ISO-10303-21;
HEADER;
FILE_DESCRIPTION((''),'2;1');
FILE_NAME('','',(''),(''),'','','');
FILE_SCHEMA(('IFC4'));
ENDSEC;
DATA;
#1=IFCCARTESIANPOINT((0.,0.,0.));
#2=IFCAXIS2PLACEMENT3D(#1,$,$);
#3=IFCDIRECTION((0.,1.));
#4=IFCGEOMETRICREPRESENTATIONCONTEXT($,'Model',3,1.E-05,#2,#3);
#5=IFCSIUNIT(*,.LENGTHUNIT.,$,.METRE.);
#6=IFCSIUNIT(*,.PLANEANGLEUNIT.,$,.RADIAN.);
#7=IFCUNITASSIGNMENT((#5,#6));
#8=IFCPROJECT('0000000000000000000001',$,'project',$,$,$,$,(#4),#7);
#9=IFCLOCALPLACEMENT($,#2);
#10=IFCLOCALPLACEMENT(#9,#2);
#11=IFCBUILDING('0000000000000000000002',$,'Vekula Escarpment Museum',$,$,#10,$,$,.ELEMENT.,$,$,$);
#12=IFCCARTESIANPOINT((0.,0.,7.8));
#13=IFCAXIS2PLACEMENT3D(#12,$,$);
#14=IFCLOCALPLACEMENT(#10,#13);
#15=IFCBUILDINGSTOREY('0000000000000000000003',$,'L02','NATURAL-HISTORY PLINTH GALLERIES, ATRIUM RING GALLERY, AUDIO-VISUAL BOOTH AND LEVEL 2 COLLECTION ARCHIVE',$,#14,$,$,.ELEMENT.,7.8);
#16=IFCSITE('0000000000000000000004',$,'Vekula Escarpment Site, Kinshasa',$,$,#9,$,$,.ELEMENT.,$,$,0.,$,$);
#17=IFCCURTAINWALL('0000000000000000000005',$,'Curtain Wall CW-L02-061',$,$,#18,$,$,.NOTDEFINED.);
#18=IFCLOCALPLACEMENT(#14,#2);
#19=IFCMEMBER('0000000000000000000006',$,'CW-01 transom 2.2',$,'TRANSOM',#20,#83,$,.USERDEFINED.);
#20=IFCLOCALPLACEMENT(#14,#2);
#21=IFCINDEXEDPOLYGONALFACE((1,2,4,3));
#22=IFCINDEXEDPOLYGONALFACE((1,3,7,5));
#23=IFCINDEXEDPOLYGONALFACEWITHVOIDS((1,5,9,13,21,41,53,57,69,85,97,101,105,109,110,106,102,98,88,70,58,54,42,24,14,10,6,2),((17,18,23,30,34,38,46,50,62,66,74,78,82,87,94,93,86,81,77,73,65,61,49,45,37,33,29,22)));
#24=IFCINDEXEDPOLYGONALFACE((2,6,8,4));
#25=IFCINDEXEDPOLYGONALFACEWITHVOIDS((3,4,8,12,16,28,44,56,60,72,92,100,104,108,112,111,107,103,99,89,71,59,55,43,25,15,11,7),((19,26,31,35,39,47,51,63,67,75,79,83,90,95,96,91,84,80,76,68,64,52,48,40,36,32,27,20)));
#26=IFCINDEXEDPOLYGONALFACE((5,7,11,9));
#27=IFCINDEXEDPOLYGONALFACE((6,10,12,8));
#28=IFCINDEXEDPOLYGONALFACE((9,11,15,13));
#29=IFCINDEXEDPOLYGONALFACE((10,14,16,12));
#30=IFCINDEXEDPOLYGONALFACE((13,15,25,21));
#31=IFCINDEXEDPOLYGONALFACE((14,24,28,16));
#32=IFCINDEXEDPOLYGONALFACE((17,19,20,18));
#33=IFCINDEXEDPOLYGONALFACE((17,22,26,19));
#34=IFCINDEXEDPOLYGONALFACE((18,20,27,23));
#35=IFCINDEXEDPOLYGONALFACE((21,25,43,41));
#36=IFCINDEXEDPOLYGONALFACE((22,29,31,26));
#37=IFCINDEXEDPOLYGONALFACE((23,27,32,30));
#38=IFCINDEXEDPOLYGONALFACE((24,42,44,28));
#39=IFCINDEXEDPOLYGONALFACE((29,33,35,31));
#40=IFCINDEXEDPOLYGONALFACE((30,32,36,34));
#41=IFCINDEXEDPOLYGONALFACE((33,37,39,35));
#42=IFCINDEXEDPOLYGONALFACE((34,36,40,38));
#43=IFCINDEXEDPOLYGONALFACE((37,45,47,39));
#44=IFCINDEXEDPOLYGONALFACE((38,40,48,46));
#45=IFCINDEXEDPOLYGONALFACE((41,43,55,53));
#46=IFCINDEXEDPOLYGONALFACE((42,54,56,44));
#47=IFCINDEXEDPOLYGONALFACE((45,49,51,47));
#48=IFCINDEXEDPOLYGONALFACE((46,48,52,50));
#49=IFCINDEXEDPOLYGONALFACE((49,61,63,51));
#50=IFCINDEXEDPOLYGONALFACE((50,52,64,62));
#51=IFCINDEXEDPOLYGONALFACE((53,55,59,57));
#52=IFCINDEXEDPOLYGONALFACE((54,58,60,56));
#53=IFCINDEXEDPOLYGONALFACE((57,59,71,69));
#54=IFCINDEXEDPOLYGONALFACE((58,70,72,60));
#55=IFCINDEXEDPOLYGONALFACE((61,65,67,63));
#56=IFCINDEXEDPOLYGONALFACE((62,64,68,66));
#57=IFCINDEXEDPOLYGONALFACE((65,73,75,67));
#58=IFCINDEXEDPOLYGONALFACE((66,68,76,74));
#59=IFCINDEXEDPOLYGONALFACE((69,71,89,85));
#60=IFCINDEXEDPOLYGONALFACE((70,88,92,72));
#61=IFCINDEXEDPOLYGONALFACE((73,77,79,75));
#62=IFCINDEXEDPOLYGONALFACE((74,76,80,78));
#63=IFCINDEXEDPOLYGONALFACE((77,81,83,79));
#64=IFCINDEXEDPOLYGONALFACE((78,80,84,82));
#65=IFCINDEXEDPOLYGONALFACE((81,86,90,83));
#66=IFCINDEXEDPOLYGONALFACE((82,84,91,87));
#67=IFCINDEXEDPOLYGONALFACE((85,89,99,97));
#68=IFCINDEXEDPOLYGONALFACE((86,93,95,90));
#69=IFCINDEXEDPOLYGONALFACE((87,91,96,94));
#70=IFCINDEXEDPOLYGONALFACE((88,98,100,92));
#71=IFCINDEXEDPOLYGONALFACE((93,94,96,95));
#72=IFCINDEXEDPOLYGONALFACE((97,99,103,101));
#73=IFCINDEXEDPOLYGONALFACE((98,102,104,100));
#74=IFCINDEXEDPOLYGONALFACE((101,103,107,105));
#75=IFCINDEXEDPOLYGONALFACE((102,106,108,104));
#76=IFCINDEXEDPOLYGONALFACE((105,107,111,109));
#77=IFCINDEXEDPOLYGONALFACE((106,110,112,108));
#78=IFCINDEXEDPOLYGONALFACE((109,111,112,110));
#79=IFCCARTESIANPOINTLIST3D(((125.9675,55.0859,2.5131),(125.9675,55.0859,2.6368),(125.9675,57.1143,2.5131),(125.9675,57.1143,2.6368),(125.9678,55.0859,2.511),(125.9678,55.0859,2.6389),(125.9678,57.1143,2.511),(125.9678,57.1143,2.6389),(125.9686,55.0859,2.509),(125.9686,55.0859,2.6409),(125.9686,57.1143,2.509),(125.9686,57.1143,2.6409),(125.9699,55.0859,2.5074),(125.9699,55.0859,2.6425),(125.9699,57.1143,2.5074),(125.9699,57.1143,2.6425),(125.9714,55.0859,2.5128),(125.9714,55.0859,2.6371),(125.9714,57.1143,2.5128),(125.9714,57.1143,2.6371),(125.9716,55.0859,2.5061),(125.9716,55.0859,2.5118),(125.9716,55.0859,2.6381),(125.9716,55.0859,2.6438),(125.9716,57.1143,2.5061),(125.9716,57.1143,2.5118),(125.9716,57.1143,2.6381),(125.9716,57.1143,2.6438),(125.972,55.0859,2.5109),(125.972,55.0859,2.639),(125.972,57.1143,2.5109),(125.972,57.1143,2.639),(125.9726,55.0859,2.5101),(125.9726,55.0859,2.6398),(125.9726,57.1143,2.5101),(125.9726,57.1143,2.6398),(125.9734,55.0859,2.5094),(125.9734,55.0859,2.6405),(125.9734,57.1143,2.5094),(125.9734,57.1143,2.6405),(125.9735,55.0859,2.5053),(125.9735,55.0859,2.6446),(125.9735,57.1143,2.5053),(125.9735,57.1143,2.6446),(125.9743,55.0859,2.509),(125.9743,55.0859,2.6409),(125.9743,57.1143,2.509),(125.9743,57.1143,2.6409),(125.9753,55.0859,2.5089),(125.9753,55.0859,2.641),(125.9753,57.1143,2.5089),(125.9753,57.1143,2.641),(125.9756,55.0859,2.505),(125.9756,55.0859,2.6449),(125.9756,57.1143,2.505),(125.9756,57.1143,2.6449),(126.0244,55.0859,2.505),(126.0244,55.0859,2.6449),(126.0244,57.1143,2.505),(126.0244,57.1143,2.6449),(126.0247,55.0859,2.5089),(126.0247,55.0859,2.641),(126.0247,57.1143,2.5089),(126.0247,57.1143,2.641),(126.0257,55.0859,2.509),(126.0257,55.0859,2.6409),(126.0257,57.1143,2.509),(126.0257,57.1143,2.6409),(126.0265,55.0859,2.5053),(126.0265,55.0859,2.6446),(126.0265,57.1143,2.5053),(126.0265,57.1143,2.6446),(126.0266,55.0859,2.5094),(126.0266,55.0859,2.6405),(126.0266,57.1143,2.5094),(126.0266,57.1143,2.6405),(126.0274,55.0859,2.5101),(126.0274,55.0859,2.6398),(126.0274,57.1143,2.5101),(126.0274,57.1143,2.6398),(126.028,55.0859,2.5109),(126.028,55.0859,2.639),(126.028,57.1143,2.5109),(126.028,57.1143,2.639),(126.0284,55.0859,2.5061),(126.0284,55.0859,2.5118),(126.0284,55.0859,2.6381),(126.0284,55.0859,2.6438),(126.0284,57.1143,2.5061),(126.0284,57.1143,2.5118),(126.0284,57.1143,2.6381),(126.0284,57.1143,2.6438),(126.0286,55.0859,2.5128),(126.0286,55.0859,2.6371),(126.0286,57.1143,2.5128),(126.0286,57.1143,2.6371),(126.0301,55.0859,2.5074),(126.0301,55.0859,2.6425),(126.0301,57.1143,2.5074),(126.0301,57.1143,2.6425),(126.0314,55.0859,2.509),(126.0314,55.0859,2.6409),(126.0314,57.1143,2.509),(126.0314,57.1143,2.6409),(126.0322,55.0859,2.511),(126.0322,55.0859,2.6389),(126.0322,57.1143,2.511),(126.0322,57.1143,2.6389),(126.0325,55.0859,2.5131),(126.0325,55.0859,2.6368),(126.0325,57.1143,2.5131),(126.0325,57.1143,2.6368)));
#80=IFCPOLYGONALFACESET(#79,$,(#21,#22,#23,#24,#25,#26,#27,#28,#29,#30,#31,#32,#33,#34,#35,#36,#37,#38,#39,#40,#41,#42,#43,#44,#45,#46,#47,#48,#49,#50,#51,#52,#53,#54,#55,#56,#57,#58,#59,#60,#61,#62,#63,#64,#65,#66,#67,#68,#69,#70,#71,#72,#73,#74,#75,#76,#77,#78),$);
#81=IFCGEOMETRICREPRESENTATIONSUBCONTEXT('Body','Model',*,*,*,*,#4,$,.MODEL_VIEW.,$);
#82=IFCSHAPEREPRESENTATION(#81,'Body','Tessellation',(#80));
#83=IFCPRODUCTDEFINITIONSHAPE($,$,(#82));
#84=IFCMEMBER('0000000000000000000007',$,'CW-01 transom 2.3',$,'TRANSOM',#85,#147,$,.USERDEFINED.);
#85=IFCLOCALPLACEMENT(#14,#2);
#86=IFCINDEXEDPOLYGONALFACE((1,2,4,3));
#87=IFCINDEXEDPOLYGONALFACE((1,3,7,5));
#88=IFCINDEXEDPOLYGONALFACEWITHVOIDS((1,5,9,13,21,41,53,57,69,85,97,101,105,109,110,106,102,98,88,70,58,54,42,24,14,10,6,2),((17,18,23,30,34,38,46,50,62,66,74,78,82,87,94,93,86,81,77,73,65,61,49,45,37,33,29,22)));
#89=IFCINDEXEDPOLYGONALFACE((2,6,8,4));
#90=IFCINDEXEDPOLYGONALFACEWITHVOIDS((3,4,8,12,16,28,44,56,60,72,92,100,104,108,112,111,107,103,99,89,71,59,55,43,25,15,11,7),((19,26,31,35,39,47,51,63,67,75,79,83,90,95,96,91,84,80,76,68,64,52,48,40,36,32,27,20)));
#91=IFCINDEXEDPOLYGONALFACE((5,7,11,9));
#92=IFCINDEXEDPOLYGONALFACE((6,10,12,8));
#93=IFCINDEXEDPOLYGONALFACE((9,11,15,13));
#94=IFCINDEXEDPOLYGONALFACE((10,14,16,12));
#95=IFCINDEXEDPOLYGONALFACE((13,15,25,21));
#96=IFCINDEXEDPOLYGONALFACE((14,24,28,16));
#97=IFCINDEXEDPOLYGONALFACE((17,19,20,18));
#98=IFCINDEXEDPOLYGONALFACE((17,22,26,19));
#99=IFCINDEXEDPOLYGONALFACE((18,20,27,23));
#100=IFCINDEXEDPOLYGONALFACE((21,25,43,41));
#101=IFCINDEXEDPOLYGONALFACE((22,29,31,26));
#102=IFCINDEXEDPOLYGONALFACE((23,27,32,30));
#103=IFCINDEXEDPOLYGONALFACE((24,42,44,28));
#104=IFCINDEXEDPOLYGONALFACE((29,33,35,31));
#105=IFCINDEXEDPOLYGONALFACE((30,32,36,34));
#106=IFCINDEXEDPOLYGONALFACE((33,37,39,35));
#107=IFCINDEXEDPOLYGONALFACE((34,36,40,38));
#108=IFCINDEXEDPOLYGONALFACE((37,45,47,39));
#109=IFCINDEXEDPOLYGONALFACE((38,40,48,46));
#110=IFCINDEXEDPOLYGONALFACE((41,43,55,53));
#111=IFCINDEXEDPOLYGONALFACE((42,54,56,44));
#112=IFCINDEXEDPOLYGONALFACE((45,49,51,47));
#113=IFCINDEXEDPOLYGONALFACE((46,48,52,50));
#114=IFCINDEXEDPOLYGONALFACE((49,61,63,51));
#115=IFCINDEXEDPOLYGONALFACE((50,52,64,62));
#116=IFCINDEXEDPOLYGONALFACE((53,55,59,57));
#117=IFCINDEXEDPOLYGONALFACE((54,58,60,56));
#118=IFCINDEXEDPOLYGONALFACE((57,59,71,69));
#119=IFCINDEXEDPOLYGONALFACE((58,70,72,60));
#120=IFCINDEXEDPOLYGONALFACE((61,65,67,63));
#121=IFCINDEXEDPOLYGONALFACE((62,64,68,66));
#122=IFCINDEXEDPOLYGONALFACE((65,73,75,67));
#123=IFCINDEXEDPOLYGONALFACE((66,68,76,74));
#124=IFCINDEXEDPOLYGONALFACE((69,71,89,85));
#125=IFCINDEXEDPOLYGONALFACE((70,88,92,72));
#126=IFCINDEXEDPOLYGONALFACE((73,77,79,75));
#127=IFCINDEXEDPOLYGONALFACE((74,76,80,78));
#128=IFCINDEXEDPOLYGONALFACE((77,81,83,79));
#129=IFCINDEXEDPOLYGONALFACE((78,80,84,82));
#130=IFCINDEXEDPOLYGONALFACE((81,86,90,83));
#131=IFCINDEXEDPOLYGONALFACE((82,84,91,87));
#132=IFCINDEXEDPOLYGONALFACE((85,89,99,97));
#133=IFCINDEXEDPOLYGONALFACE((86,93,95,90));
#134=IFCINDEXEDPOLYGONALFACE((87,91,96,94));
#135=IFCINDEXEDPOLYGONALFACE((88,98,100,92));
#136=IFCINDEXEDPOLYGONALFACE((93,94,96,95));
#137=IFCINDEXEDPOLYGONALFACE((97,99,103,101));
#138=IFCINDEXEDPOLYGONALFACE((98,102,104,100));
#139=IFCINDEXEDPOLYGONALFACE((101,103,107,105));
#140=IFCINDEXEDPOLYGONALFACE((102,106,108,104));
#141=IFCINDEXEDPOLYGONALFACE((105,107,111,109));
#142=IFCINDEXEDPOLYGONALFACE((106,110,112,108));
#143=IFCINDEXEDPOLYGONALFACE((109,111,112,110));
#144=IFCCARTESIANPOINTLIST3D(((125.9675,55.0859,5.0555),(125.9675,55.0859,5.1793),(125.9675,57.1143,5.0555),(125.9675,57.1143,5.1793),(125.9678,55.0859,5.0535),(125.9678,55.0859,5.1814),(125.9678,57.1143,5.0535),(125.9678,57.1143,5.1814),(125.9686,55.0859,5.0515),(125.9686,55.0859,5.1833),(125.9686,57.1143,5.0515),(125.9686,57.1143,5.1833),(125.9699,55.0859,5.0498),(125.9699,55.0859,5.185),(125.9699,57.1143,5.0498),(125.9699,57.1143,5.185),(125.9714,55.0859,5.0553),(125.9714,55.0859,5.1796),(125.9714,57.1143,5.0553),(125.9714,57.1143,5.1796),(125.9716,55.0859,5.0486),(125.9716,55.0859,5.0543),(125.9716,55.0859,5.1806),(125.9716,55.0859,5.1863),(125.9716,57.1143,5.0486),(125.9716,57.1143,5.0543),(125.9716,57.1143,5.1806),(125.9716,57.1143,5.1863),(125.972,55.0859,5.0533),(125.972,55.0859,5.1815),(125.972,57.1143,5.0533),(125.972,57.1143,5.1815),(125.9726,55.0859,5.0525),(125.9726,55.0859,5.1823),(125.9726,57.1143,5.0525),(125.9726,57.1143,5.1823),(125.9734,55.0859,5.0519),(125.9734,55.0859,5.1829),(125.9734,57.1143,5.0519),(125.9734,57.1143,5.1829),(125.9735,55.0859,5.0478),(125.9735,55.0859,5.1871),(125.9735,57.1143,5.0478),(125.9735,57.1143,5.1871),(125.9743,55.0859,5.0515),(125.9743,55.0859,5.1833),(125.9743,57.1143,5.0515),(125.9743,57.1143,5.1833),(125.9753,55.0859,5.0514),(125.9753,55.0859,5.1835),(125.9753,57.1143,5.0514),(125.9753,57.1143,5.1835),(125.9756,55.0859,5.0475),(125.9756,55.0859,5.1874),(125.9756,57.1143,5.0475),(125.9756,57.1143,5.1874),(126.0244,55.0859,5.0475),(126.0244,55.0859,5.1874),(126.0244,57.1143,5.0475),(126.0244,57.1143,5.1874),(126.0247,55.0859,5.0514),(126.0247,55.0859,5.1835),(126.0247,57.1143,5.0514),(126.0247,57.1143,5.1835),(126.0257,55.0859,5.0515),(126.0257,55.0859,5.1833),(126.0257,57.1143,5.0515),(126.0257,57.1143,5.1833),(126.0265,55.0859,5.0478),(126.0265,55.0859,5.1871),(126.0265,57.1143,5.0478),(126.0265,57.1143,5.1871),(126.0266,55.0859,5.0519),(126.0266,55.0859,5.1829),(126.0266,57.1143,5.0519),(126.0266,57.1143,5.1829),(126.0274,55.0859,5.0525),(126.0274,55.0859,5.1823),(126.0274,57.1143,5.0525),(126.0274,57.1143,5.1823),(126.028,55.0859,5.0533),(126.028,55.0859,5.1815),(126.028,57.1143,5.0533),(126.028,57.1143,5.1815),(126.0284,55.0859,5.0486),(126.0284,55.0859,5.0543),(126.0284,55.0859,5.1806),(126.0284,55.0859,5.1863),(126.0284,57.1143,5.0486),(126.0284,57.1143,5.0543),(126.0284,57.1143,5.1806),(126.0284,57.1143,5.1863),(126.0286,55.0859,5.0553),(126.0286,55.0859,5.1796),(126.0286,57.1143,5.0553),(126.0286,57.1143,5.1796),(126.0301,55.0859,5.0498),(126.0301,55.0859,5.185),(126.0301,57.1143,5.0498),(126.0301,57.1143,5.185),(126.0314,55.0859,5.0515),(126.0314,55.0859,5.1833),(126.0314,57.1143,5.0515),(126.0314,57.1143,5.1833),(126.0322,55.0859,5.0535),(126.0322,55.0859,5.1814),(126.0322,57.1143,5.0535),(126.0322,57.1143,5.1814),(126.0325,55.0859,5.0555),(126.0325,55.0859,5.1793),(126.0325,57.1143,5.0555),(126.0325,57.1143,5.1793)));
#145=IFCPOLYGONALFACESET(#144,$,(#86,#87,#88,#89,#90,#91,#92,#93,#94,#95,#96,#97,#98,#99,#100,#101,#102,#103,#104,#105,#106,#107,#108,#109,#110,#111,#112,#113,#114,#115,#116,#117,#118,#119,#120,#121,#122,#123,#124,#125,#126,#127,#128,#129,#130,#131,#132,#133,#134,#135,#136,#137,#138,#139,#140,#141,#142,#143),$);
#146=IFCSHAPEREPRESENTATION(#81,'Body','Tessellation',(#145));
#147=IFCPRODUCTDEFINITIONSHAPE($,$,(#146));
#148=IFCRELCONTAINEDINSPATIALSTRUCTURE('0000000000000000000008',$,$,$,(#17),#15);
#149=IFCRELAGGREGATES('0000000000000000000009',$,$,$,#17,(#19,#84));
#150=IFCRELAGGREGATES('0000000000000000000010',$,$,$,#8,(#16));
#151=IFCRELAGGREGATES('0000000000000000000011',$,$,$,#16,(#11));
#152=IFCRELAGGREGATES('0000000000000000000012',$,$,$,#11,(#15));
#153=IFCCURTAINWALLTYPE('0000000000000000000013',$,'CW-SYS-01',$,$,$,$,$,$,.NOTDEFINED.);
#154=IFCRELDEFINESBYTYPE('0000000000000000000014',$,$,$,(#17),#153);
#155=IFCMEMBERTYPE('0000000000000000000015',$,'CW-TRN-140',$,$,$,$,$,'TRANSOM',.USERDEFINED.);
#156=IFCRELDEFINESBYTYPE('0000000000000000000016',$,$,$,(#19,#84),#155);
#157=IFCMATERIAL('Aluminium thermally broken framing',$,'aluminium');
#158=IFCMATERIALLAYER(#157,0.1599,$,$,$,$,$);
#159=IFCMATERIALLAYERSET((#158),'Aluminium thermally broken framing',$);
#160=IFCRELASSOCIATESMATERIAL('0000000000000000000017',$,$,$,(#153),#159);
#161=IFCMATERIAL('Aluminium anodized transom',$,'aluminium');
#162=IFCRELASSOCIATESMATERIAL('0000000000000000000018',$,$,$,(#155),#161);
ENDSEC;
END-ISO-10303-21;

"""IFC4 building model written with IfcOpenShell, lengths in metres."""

from ifc_helpers import new_model, si_unit, direction, frame, origin, origin_2d, place, context, subcontext, project, spatial, hollow_rectangle, extrude, material, layer, layer_set, material_profile, profile_set, type_object, element, aggregate, save


model = new_model("IFC4")

# Units and contexts
model_context = context("Model", 3, precision=1e-05, world=origin(), true_north=direction((0.0, 1.0)))
body_context = subcontext(model_context, "Body", "Model", "MODEL_VIEW")
ifc_project = project(units=[si_unit("LENGTHUNIT", "METRE"), si_unit("PLANEANGLEUNIT", "RADIAN")], contexts=[model_context])

# Site, building, storey
site_placement = place(None, origin())
site = spatial("IfcSite", under=ifc_project, at=site_placement, Name="Vekula Escarpment Site, Kinshasa", CompositionType="ELEMENT", RefElevation=0.0)
building_placement = place(site_placement, origin())
building = spatial("IfcBuilding", under=site, at=building_placement, Name="Vekula Escarpment Museum", CompositionType="ELEMENT")
storey_placement = place(building_placement, frame((0.0, 0.0, 7.8)))
storey = spatial("IfcBuildingStorey", under=building, at=storey_placement, Name="L02", Description="NATURAL-HISTORY PLINTH GALLERIES, ATRIUM RING GALLERY, AUDIO-VISUAL BOOTH AND LEVEL 2 COLLECTION ARCHIVE", CompositionType="ELEMENT", Elevation=7.8)

# Curtain wall
ifc_material_1 = material(Name="Aluminium thermally broken framing", Category="aluminium")
ifc_layer_1 = layer(ifc_material_1, 0.1599)
ifc_layer_set_1 = layer_set([ifc_layer_1], Name="Aluminium thermally broken framing")
curtain_wall_type_1 = type_object("IfcCurtainWallType", Name="CW-SYS-01", PredefinedType="NOTDEFINED", material=ifc_layer_set_1)
curtain_wall_1_placement = place(storey_placement, origin())
curtain_wall_1 = element("IfcCurtainWall", 1, at=curtain_wall_1_placement, inside=storey, type_object=curtain_wall_type_1, Name="Curtain Wall CW-L02-061", PredefinedType="NOTDEFINED")

# Members
ifc_material_2 = material(Name="Aluminium anodized transom", Category="aluminium")
ifc_material_profile_1 = material_profile(ifc_material_2, hollow_rectangle(XDim=0.0649, YDim=0.1399, WallThickness=0.0039, InnerFilletRadius=0.0039, OuterFilletRadius=0.0081, at=origin_2d()), Name="ALU 140x65x4")
ifc_profile_set_1 = profile_set([ifc_material_profile_1], Name="Aluminium anodized transom")
member_type_1 = type_object("IfcMemberType", Name="CW-TRN-140", ElementType="TRANSOM", PredefinedType="USERDEFINED", material=ifc_profile_set_1)
member_1_placement = place(storey_placement, frame((126.0, 55.0859, 2.575), z_axis=(0.0, 1.0, 0.0), x_axis=(-1.0, 0.0, 0.0)))
member_1 = element("IfcMember", 2, at=member_1_placement, type_object=member_type_1, Name="CW-01 transom 2.2", ObjectType="TRANSOM", PredefinedType="USERDEFINED", context=body_context, shape_type="SweptSolid", body=[
    extrude(hollow_rectangle(XDim=0.0649, YDim=0.1399, WallThickness=0.0039, InnerFilletRadius=0.0039, OuterFilletRadius=0.0081, at=origin_2d()), origin(), (0.0, 0.0, 1.0), 2.0283),
])
member_2_placement = place(storey_placement, frame((126.0, 55.0859, 5.1174), z_axis=(0.0, 1.0, 0.0), x_axis=(-1.0, 0.0, 0.0)))
member_2 = element("IfcMember", 3, at=member_2_placement, type_object=member_type_1, Name="CW-01 transom 2.3", ObjectType="TRANSOM", PredefinedType="USERDEFINED", context=body_context, shape_type="SweptSolid", body=[
    extrude(hollow_rectangle(XDim=0.0649, YDim=0.1399, WallThickness=0.0039, InnerFilletRadius=0.0039, OuterFilletRadius=0.0081, at=origin_2d()), origin(), (0.0, 0.0, 1.0), 2.0283),
])

aggregate(curtain_wall_1, [member_1, member_2])

save(model, "model.ifc")
